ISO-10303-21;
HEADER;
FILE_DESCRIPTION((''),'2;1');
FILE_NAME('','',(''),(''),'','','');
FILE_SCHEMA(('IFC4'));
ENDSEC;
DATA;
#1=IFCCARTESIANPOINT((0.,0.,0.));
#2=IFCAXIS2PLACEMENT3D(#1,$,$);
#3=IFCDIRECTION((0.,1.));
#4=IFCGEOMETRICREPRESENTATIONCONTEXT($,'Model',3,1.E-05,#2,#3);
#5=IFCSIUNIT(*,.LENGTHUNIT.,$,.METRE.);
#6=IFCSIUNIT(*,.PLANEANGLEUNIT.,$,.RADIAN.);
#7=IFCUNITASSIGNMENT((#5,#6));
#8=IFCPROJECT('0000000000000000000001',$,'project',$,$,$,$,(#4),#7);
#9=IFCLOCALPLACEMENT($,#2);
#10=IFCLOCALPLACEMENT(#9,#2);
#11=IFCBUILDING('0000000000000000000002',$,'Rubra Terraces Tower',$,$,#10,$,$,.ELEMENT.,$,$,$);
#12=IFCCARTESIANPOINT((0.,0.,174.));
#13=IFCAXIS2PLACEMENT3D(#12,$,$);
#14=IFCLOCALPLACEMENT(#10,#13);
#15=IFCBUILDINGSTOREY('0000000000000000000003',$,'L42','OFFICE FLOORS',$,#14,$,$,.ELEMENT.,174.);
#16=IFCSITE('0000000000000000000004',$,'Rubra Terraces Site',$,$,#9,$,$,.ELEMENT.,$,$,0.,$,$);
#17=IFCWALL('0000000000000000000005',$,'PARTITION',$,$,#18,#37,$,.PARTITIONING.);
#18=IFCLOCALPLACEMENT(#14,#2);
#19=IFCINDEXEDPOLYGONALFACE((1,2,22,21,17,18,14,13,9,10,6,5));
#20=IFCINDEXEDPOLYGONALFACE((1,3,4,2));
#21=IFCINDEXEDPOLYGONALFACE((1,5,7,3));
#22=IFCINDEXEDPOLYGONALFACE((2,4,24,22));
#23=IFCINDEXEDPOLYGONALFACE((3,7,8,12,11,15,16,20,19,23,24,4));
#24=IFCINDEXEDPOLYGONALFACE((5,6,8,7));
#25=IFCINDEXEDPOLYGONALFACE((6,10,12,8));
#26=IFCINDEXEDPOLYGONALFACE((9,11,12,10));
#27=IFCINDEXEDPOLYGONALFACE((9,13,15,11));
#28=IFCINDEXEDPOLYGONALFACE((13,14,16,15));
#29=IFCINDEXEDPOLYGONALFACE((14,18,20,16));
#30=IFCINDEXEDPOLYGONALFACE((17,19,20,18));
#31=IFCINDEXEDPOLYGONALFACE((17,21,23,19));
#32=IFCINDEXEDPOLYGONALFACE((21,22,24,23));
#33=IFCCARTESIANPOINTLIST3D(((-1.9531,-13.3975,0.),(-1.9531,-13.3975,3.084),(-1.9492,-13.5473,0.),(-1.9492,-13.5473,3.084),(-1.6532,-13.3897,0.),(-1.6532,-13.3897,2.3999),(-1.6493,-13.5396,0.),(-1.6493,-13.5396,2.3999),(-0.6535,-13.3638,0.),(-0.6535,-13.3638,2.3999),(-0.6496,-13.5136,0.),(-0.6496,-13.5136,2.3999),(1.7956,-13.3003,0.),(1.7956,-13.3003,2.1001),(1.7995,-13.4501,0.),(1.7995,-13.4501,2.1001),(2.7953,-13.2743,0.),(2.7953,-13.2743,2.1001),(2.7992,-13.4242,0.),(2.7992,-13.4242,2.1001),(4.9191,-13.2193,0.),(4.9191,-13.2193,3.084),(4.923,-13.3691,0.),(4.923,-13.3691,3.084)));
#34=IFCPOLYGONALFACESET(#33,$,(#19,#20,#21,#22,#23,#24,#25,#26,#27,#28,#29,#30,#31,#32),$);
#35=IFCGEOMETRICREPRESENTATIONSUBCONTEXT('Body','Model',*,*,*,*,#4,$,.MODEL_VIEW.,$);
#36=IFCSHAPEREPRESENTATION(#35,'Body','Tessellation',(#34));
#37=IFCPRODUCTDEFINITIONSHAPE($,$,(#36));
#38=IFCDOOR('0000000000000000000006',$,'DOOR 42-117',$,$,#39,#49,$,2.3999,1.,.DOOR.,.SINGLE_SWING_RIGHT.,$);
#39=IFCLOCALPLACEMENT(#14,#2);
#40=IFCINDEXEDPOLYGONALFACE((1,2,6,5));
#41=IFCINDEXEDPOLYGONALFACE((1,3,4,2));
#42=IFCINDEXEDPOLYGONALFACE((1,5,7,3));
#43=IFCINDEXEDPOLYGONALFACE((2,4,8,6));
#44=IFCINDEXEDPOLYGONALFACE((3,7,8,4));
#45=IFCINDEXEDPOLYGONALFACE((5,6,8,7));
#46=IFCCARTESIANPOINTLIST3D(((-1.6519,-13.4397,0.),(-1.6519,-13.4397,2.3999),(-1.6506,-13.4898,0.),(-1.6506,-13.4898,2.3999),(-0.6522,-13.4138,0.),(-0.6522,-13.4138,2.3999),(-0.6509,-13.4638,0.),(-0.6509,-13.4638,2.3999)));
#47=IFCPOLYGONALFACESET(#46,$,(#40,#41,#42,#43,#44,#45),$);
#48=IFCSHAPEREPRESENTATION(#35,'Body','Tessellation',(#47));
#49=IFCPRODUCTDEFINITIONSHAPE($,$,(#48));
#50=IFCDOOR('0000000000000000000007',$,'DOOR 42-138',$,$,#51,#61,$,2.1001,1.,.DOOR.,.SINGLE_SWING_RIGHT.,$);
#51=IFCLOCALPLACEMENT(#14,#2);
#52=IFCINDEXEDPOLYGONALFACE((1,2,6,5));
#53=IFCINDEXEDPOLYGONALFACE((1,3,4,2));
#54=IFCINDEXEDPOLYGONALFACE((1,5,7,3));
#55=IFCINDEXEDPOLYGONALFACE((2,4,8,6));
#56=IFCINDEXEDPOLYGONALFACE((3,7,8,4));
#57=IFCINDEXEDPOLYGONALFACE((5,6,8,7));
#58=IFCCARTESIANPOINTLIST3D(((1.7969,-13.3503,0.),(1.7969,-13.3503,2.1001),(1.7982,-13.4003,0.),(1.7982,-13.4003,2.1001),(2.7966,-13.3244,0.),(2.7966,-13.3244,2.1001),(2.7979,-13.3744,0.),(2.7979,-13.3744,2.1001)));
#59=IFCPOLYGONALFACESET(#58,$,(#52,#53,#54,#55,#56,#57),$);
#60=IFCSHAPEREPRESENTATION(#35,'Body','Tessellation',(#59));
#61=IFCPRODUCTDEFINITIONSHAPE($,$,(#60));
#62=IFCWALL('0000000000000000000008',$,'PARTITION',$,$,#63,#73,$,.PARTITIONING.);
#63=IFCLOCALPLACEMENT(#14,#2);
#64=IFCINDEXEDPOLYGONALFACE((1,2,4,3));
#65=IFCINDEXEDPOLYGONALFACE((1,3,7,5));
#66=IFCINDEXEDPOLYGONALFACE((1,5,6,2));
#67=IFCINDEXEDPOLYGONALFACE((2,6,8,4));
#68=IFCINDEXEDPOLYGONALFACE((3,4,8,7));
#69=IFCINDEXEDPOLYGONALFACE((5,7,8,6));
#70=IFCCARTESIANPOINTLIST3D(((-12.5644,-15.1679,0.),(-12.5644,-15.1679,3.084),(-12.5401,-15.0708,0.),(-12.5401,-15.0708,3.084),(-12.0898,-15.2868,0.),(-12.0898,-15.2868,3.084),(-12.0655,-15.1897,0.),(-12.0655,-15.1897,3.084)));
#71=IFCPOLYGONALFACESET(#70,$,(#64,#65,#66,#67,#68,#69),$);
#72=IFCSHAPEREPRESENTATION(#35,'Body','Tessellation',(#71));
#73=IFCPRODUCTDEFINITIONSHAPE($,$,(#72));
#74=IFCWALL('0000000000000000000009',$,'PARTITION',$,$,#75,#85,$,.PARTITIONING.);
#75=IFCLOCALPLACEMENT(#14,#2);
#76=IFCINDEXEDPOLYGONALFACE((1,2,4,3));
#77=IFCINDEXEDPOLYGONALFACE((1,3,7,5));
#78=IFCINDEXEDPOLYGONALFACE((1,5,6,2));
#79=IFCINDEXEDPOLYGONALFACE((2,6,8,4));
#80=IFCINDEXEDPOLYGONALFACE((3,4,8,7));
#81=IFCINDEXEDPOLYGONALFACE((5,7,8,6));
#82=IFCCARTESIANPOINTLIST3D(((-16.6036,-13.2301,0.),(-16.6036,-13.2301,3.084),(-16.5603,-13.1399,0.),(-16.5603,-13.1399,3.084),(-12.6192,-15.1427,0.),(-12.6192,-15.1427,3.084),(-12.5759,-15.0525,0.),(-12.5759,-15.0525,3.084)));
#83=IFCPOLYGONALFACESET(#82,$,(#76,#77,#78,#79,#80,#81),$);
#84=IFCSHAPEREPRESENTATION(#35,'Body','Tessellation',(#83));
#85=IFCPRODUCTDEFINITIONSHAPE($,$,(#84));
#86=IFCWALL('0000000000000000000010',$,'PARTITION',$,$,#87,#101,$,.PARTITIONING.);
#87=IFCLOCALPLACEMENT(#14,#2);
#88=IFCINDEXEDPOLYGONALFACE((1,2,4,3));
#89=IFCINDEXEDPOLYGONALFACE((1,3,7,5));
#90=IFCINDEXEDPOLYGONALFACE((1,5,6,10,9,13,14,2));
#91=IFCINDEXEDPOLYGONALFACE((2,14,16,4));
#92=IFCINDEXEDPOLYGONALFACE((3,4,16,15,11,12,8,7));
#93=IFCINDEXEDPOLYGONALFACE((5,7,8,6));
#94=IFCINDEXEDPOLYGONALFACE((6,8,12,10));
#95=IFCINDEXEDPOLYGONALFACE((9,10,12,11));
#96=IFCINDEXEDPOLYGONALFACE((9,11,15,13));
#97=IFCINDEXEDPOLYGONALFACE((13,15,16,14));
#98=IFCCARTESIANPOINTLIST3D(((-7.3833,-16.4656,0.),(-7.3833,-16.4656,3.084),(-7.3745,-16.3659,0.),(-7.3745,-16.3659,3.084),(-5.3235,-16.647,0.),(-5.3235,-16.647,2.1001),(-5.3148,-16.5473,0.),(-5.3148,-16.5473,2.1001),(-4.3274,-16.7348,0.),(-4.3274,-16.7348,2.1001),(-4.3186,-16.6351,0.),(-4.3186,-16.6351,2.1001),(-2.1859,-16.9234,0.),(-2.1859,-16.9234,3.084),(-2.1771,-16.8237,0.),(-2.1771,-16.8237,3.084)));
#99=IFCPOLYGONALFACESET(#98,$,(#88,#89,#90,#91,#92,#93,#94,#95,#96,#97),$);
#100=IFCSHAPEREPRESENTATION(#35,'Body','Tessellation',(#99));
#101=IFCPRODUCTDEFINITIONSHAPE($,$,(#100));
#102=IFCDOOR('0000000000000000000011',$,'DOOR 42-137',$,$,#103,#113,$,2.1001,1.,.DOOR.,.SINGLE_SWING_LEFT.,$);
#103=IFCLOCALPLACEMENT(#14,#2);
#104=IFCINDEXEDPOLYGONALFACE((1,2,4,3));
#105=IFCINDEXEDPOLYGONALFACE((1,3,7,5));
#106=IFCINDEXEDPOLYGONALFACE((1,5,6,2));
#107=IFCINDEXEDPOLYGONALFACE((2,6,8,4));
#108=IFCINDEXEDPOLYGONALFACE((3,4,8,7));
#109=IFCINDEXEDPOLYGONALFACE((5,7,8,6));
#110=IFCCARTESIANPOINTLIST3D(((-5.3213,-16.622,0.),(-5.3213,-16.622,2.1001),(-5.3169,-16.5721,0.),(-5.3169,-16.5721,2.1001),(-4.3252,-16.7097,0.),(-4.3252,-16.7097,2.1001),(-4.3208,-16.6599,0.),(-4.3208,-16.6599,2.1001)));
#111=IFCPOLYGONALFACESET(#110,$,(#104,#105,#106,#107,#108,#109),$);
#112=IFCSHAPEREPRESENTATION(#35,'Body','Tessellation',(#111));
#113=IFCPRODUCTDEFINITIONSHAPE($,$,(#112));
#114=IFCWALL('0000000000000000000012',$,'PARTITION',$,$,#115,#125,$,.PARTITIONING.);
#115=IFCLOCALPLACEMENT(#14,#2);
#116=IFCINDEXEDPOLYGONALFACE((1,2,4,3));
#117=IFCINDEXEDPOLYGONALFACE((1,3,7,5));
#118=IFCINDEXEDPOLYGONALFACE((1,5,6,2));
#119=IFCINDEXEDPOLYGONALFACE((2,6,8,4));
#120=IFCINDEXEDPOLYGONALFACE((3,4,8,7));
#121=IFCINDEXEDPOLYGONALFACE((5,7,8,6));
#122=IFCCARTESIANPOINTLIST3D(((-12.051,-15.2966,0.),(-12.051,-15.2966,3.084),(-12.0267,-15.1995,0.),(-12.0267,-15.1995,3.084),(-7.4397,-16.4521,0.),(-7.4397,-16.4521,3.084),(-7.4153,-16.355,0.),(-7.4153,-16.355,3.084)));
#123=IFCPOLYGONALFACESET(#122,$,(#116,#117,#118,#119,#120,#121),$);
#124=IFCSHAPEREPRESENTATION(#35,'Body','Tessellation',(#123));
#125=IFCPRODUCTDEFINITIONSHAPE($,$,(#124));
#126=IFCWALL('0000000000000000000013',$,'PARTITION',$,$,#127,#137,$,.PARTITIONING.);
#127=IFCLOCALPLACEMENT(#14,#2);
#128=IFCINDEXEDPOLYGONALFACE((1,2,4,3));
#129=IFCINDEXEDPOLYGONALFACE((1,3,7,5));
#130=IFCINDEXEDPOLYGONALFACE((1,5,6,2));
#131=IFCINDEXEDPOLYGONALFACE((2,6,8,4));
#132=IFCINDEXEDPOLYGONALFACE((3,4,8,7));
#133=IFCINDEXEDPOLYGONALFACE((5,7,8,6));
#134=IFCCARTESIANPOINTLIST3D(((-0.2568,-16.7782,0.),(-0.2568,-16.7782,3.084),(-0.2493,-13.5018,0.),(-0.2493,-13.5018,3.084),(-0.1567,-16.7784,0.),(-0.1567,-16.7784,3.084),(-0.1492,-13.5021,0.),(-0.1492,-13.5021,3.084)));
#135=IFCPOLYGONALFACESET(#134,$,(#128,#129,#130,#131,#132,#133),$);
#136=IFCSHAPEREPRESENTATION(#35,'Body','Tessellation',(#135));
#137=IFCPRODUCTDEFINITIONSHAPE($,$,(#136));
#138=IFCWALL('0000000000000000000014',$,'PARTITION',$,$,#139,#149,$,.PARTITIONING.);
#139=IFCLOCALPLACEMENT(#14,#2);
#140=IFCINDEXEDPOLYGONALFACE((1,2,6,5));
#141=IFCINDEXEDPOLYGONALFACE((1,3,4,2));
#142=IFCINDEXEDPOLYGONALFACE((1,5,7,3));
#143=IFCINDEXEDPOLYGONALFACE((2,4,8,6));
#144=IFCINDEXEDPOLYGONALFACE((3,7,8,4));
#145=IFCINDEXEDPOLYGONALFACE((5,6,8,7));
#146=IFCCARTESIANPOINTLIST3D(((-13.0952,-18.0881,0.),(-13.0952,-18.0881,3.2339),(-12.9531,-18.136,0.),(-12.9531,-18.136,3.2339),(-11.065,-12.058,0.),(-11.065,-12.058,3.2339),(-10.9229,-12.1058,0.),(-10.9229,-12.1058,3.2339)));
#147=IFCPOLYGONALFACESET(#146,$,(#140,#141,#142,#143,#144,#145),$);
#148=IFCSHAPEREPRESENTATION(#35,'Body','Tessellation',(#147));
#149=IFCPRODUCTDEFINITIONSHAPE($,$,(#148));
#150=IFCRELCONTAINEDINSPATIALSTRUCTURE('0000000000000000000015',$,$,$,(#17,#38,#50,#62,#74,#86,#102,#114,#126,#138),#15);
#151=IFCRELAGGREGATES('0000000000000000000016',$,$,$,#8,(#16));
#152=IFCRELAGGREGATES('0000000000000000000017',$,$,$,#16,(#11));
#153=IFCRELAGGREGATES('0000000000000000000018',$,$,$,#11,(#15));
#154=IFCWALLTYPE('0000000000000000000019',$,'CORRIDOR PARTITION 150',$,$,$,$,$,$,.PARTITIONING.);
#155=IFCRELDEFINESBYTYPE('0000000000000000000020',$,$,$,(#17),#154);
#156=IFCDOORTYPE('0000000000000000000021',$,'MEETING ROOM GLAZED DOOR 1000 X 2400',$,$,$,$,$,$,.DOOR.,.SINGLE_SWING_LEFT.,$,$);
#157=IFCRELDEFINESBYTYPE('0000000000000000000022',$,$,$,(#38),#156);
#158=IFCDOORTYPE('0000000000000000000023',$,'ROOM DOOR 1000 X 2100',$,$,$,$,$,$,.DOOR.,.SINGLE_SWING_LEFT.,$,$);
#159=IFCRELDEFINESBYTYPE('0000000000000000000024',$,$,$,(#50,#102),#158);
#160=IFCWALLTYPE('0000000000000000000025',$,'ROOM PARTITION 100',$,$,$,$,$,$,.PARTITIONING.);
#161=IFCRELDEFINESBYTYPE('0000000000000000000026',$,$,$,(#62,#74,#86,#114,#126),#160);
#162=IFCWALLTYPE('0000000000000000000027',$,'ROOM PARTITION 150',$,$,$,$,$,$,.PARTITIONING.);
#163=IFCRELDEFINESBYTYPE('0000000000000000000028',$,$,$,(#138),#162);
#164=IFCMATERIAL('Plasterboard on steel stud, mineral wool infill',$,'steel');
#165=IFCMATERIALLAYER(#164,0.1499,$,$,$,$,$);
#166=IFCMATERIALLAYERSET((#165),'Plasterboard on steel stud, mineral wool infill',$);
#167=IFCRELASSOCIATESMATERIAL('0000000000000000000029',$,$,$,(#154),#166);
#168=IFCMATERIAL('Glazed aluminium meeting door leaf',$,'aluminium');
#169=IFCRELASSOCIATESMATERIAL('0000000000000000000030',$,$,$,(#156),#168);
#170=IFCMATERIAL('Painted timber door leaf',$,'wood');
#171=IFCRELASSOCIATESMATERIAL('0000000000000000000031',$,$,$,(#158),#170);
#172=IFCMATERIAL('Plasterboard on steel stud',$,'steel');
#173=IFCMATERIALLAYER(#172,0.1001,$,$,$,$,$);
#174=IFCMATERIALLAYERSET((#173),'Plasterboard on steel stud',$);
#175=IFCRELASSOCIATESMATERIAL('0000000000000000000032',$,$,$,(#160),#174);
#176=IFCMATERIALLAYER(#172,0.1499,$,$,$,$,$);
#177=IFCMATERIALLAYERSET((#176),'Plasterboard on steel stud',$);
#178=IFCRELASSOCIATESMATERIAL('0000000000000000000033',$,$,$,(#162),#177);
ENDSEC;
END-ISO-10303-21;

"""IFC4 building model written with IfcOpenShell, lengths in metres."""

from ifc_helpers import new_model, si_unit, direction, frame, frame_2d, origin, place, context, subcontext, project, spatial, rectangle, extrude, material, layer, layer_set, type_object, element, fill, save


model = new_model("IFC4")

# Units and contexts
model_context = context("Model", 3, precision=1e-05, world=origin(), true_north=direction((0.0, 1.0)))
body_context = subcontext(model_context, "Body", "Model", "MODEL_VIEW")
ifc_project = project(units=[si_unit("LENGTHUNIT", "METRE"), si_unit("PLANEANGLEUNIT", "RADIAN")], contexts=[model_context])

# Site, building, storey
site_placement = place(None, origin())
site = spatial("IfcSite", under=ifc_project, at=site_placement, Name="Rubra Terraces Site", CompositionType="ELEMENT", RefElevation=0.0)
building_placement = place(site_placement, origin())
building = spatial("IfcBuilding", under=site, at=building_placement, Name="Rubra Terraces Tower", CompositionType="ELEMENT")
storey_placement = place(building_placement, frame((0.0, 0.0, 174.0)))
storey = spatial("IfcBuildingStorey", under=building, at=storey_placement, Name="L42", Description="OFFICE FLOORS", CompositionType="ELEMENT", Elevation=174.0)

# Wall, openings, doors
ifc_material_1 = material(Name="Plasterboard on steel stud, mineral wool infill", Category="steel")
ifc_layer_1 = layer(ifc_material_1, 0.1499)
ifc_layer_set_1 = layer_set([ifc_layer_1], Name="Plasterboard on steel stud, mineral wool infill")
wall_type_1 = type_object("IfcWallType", Name="CORRIDOR PARTITION 150", PredefinedType="PARTITIONING", material=ifc_layer_set_1)
wall_1_placement = place(storey_placement, frame((-1.9512, -13.4724, 0.0), z_axis=(0.0, 0.0, 1.0), x_axis=(0.999664, 0.025925, 0.0)))
wall_1 = element("IfcWall", 1, at=wall_1_placement, inside=storey, type_object=wall_type_1, Name="PARTITION", PredefinedType="PARTITIONING", context=body_context, shape_type="SweptSolid", body=[
    extrude(rectangle(XDim=6.8745, YDim=0.1499, at=frame_2d((3.4373, 0.0))), origin(), (0.0, 0.0, 1.0), 3.084),
])
opening_1_placement = place(wall_1_placement, frame((0.3, 0.0, 0.0)))
opening_1 = element("IfcOpeningElement", 2, at=opening_1_placement, cuts=wall_1, PredefinedType="OPENING", context=body_context, shape_type="SweptSolid", body=[
    extrude(rectangle(XDim=1.0, YDim=2.3999, at=frame_2d((0.5, 1.2))), frame((0.0, 0.085, 0.0), z_axis=(0.0, -1.0, 0.0), x_axis=(1.0, 0.0, 0.0)), (0.0, 0.0, 1.0), 0.1699),
])
opening_2_placement = place(wall_1_placement, frame((3.75, 0.0, 0.0)))
opening_2 = element("IfcOpeningElement", 3, at=opening_2_placement, cuts=wall_1, PredefinedType="OPENING", context=body_context, shape_type="SweptSolid", body=[
    extrude(rectangle(XDim=1.0, YDim=2.1001, at=frame_2d((0.5, 1.05))), frame((0.0, 0.085, 0.0), z_axis=(0.0, -1.0, 0.0), x_axis=(1.0, 0.0, 0.0)), (0.0, 0.0, 1.0), 0.1699),
])
ifc_material_2 = material(Name="Glazed aluminium meeting door leaf", Category="aluminium")
door_type_1 = type_object("IfcDoorType", Name="MEETING ROOM GLAZED DOOR 1000 X 2400", OperationType="SINGLE_SWING_LEFT", PredefinedType="DOOR", material=ifc_material_2)
door_1_placement = place(opening_1_placement, origin())
door_1 = element("IfcDoor", 4, at=door_1_placement, inside=storey, type_object=door_type_1, Name="DOOR 42-117", OperationType="SINGLE_SWING_RIGHT", OverallHeight=2.3999, OverallWidth=1.0, PredefinedType="DOOR", context=body_context, shape_type="SweptSolid", body=[
    extrude(rectangle(XDim=1.0, YDim=2.3999, at=frame_2d((0.5, 1.2))), frame((0.0, 0.0249, 0.0), z_axis=(0.0, -1.0, 0.0), x_axis=(1.0, 0.0, 0.0)), (0.0, 0.0, 1.0), 0.05),
])
fill(opening_1, door_1)
ifc_material_3 = material(Name="Painted timber door leaf", Category="wood")
door_type_2 = type_object("IfcDoorType", Name="ROOM DOOR 1000 X 2100", OperationType="SINGLE_SWING_LEFT", PredefinedType="DOOR", material=ifc_material_3)
door_2_placement = place(opening_2_placement, origin())
door_2 = element("IfcDoor", 5, at=door_2_placement, inside=storey, type_object=door_type_2, Name="DOOR 42-138", OperationType="SINGLE_SWING_RIGHT", OverallHeight=2.1001, OverallWidth=1.0, PredefinedType="DOOR", context=body_context, shape_type="SweptSolid", body=[
    extrude(rectangle(XDim=1.0, YDim=2.1001, at=frame_2d((0.5, 1.05))), frame((0.0, 0.0249, 0.0), z_axis=(0.0, -1.0, 0.0), x_axis=(1.0, 0.0, 0.0)), (0.0, 0.0, 1.0), 0.05),
])
fill(opening_2, door_2)

# Walls
ifc_material_4 = material(Name="Plasterboard on steel stud", Category="steel")
ifc_layer_2 = layer(ifc_material_4, 0.1001)
ifc_layer_set_2 = layer_set([ifc_layer_2], Name="Plasterboard on steel stud")
wall_type_2 = type_object("IfcWallType", Name="ROOM PARTITION 100", PredefinedType="PARTITIONING", material=ifc_layer_set_2)
wall_2_placement = place(storey_placement, frame((-12.0776, -15.2383, 0.0), z_axis=(0.0, 0.0, 1.0), x_axis=(-0.970025, 0.243005, 0.0)))
element("IfcWall", 6, at=wall_2_placement, inside=storey, type_object=wall_type_2, Name="PARTITION", PredefinedType="PARTITIONING", context=body_context, shape_type="SweptSolid", body=[
    extrude(rectangle(XDim=0.4893, YDim=0.1001, at=frame_2d((0.2446, 0.0))), origin(), (0.0, 0.0, 1.0), 3.084),
])
wall_3_placement = place(storey_placement, frame((-12.5974, -15.0977, 0.0), z_axis=(0.0, 0.0, 1.0), x_axis=(-0.901514, 0.432749, 0.0)))
element("IfcWall", 7, at=wall_3_placement, inside=storey, type_object=wall_type_2, Name="PARTITION", PredefinedType="PARTITIONING", context=body_context, shape_type="SweptSolid", body=[
    extrude(rectangle(XDim=4.4197, YDim=0.1001, at=frame_2d((2.21, 0.0))), origin(), (0.0, 0.0, 1.0), 3.084),
])

# Wall, opening, door
wall_4_placement = place(storey_placement, frame((-2.1814, -16.8735, 0.0), z_axis=(0.0, 0.0, 1.0), x_axis=(-0.996144, 0.087734, 0.0)))
wall_4 = element("IfcWall", 8, at=wall_4_placement, inside=storey, type_object=wall_type_2, Name="PARTITION", PredefinedType="PARTITIONING", context=body_context, shape_type="SweptSolid", body=[
    extrude(rectangle(XDim=5.2175, YDim=0.1001, at=frame_2d((2.6089, 0.0))), origin(), (0.0, 0.0, 1.0), 3.084),
])
opening_3_placement = place(wall_4_placement, frame((2.1499, 0.0, 0.0)))
opening_3 = element("IfcOpeningElement", 9, at=opening_3_placement, cuts=wall_4, PredefinedType="OPENING", context=body_context, shape_type="SweptSolid", body=[
    extrude(rectangle(XDim=1.0, YDim=2.1001, at=frame_2d((0.5, 1.05))), frame((0.0, 0.0601, 0.0), z_axis=(0.0, -1.0, 0.0), x_axis=(1.0, 0.0, 0.0)), (0.0, 0.0, 1.0), 0.1201),
])
door_3_placement = place(opening_3_placement, origin())
door_3 = element("IfcDoor", 10, at=door_3_placement, inside=storey, type_object=door_type_2, Name="DOOR 42-137", OperationType="SINGLE_SWING_LEFT", OverallHeight=2.1001, OverallWidth=1.0, PredefinedType="DOOR", context=body_context, shape_type="SweptSolid", body=[
    extrude(rectangle(XDim=1.0, YDim=2.1001, at=frame_2d((0.5, 1.05))), frame((0.0, 0.0249, 0.0), z_axis=(0.0, -1.0, 0.0), x_axis=(1.0, 0.0, 0.0)), (0.0, 0.0, 1.0), 0.05),
])
fill(opening_3, door_3)

# Walls
wall_5_placement = place(storey_placement, frame((-7.4275, -16.4036, 0.0), z_axis=(0.0, 0.0, 1.0), x_axis=(-0.970009, 0.243067, 0.0)))
element("IfcWall", 11, at=wall_5_placement, inside=storey, type_object=wall_type_2, Name="PARTITION", PredefinedType="PARTITIONING", context=body_context, shape_type="SweptSolid", body=[
    extrude(rectangle(XDim=4.7539, YDim=0.1001, at=frame_2d((2.377, 0.0))), origin(), (0.0, 0.0, 1.0), 3.084),
])
wall_6_placement = place(storey_placement, frame((-0.1992, -13.502, 0.0), z_axis=(0.0, 0.0, 1.0), x_axis=(-0.00231, -0.999997, 0.0)))
element("IfcWall", 12, at=wall_6_placement, inside=storey, type_object=wall_type_2, Name="PARTITION", PredefinedType="PARTITIONING", context=body_context, shape_type="SweptSolid", body=[
    extrude(rectangle(XDim=3.2764, YDim=0.1001, at=frame_2d((1.6382, 0.0))), origin(), (0.0, 0.0, 1.0), 3.084),
])
ifc_layer_3 = layer(ifc_material_4, 0.1499)
ifc_layer_set_3 = layer_set([ifc_layer_3], Name="Plasterboard on steel stud")
wall_type_3 = type_object("IfcWallType", Name="ROOM PARTITION 150", PredefinedType="PARTITIONING", material=ifc_layer_set_3)
wall_7_placement = place(storey_placement, frame((-13.0242, -18.1121, 0.0), z_axis=(0.0, 0.0, 1.0), x_axis=(0.319081, 0.947727, 0.0)))
element("IfcWall", 13, at=wall_7_placement, inside=storey, type_object=wall_type_3, Name="PARTITION", PredefinedType="PARTITIONING", context=body_context, shape_type="SweptSolid", body=[
    extrude(rectangle(XDim=6.3628, YDim=0.1499, at=frame_2d((3.1814, 0.0))), origin(), (0.0, 0.0, 1.0), 3.2339),
])

save(model, "model.ifc")
